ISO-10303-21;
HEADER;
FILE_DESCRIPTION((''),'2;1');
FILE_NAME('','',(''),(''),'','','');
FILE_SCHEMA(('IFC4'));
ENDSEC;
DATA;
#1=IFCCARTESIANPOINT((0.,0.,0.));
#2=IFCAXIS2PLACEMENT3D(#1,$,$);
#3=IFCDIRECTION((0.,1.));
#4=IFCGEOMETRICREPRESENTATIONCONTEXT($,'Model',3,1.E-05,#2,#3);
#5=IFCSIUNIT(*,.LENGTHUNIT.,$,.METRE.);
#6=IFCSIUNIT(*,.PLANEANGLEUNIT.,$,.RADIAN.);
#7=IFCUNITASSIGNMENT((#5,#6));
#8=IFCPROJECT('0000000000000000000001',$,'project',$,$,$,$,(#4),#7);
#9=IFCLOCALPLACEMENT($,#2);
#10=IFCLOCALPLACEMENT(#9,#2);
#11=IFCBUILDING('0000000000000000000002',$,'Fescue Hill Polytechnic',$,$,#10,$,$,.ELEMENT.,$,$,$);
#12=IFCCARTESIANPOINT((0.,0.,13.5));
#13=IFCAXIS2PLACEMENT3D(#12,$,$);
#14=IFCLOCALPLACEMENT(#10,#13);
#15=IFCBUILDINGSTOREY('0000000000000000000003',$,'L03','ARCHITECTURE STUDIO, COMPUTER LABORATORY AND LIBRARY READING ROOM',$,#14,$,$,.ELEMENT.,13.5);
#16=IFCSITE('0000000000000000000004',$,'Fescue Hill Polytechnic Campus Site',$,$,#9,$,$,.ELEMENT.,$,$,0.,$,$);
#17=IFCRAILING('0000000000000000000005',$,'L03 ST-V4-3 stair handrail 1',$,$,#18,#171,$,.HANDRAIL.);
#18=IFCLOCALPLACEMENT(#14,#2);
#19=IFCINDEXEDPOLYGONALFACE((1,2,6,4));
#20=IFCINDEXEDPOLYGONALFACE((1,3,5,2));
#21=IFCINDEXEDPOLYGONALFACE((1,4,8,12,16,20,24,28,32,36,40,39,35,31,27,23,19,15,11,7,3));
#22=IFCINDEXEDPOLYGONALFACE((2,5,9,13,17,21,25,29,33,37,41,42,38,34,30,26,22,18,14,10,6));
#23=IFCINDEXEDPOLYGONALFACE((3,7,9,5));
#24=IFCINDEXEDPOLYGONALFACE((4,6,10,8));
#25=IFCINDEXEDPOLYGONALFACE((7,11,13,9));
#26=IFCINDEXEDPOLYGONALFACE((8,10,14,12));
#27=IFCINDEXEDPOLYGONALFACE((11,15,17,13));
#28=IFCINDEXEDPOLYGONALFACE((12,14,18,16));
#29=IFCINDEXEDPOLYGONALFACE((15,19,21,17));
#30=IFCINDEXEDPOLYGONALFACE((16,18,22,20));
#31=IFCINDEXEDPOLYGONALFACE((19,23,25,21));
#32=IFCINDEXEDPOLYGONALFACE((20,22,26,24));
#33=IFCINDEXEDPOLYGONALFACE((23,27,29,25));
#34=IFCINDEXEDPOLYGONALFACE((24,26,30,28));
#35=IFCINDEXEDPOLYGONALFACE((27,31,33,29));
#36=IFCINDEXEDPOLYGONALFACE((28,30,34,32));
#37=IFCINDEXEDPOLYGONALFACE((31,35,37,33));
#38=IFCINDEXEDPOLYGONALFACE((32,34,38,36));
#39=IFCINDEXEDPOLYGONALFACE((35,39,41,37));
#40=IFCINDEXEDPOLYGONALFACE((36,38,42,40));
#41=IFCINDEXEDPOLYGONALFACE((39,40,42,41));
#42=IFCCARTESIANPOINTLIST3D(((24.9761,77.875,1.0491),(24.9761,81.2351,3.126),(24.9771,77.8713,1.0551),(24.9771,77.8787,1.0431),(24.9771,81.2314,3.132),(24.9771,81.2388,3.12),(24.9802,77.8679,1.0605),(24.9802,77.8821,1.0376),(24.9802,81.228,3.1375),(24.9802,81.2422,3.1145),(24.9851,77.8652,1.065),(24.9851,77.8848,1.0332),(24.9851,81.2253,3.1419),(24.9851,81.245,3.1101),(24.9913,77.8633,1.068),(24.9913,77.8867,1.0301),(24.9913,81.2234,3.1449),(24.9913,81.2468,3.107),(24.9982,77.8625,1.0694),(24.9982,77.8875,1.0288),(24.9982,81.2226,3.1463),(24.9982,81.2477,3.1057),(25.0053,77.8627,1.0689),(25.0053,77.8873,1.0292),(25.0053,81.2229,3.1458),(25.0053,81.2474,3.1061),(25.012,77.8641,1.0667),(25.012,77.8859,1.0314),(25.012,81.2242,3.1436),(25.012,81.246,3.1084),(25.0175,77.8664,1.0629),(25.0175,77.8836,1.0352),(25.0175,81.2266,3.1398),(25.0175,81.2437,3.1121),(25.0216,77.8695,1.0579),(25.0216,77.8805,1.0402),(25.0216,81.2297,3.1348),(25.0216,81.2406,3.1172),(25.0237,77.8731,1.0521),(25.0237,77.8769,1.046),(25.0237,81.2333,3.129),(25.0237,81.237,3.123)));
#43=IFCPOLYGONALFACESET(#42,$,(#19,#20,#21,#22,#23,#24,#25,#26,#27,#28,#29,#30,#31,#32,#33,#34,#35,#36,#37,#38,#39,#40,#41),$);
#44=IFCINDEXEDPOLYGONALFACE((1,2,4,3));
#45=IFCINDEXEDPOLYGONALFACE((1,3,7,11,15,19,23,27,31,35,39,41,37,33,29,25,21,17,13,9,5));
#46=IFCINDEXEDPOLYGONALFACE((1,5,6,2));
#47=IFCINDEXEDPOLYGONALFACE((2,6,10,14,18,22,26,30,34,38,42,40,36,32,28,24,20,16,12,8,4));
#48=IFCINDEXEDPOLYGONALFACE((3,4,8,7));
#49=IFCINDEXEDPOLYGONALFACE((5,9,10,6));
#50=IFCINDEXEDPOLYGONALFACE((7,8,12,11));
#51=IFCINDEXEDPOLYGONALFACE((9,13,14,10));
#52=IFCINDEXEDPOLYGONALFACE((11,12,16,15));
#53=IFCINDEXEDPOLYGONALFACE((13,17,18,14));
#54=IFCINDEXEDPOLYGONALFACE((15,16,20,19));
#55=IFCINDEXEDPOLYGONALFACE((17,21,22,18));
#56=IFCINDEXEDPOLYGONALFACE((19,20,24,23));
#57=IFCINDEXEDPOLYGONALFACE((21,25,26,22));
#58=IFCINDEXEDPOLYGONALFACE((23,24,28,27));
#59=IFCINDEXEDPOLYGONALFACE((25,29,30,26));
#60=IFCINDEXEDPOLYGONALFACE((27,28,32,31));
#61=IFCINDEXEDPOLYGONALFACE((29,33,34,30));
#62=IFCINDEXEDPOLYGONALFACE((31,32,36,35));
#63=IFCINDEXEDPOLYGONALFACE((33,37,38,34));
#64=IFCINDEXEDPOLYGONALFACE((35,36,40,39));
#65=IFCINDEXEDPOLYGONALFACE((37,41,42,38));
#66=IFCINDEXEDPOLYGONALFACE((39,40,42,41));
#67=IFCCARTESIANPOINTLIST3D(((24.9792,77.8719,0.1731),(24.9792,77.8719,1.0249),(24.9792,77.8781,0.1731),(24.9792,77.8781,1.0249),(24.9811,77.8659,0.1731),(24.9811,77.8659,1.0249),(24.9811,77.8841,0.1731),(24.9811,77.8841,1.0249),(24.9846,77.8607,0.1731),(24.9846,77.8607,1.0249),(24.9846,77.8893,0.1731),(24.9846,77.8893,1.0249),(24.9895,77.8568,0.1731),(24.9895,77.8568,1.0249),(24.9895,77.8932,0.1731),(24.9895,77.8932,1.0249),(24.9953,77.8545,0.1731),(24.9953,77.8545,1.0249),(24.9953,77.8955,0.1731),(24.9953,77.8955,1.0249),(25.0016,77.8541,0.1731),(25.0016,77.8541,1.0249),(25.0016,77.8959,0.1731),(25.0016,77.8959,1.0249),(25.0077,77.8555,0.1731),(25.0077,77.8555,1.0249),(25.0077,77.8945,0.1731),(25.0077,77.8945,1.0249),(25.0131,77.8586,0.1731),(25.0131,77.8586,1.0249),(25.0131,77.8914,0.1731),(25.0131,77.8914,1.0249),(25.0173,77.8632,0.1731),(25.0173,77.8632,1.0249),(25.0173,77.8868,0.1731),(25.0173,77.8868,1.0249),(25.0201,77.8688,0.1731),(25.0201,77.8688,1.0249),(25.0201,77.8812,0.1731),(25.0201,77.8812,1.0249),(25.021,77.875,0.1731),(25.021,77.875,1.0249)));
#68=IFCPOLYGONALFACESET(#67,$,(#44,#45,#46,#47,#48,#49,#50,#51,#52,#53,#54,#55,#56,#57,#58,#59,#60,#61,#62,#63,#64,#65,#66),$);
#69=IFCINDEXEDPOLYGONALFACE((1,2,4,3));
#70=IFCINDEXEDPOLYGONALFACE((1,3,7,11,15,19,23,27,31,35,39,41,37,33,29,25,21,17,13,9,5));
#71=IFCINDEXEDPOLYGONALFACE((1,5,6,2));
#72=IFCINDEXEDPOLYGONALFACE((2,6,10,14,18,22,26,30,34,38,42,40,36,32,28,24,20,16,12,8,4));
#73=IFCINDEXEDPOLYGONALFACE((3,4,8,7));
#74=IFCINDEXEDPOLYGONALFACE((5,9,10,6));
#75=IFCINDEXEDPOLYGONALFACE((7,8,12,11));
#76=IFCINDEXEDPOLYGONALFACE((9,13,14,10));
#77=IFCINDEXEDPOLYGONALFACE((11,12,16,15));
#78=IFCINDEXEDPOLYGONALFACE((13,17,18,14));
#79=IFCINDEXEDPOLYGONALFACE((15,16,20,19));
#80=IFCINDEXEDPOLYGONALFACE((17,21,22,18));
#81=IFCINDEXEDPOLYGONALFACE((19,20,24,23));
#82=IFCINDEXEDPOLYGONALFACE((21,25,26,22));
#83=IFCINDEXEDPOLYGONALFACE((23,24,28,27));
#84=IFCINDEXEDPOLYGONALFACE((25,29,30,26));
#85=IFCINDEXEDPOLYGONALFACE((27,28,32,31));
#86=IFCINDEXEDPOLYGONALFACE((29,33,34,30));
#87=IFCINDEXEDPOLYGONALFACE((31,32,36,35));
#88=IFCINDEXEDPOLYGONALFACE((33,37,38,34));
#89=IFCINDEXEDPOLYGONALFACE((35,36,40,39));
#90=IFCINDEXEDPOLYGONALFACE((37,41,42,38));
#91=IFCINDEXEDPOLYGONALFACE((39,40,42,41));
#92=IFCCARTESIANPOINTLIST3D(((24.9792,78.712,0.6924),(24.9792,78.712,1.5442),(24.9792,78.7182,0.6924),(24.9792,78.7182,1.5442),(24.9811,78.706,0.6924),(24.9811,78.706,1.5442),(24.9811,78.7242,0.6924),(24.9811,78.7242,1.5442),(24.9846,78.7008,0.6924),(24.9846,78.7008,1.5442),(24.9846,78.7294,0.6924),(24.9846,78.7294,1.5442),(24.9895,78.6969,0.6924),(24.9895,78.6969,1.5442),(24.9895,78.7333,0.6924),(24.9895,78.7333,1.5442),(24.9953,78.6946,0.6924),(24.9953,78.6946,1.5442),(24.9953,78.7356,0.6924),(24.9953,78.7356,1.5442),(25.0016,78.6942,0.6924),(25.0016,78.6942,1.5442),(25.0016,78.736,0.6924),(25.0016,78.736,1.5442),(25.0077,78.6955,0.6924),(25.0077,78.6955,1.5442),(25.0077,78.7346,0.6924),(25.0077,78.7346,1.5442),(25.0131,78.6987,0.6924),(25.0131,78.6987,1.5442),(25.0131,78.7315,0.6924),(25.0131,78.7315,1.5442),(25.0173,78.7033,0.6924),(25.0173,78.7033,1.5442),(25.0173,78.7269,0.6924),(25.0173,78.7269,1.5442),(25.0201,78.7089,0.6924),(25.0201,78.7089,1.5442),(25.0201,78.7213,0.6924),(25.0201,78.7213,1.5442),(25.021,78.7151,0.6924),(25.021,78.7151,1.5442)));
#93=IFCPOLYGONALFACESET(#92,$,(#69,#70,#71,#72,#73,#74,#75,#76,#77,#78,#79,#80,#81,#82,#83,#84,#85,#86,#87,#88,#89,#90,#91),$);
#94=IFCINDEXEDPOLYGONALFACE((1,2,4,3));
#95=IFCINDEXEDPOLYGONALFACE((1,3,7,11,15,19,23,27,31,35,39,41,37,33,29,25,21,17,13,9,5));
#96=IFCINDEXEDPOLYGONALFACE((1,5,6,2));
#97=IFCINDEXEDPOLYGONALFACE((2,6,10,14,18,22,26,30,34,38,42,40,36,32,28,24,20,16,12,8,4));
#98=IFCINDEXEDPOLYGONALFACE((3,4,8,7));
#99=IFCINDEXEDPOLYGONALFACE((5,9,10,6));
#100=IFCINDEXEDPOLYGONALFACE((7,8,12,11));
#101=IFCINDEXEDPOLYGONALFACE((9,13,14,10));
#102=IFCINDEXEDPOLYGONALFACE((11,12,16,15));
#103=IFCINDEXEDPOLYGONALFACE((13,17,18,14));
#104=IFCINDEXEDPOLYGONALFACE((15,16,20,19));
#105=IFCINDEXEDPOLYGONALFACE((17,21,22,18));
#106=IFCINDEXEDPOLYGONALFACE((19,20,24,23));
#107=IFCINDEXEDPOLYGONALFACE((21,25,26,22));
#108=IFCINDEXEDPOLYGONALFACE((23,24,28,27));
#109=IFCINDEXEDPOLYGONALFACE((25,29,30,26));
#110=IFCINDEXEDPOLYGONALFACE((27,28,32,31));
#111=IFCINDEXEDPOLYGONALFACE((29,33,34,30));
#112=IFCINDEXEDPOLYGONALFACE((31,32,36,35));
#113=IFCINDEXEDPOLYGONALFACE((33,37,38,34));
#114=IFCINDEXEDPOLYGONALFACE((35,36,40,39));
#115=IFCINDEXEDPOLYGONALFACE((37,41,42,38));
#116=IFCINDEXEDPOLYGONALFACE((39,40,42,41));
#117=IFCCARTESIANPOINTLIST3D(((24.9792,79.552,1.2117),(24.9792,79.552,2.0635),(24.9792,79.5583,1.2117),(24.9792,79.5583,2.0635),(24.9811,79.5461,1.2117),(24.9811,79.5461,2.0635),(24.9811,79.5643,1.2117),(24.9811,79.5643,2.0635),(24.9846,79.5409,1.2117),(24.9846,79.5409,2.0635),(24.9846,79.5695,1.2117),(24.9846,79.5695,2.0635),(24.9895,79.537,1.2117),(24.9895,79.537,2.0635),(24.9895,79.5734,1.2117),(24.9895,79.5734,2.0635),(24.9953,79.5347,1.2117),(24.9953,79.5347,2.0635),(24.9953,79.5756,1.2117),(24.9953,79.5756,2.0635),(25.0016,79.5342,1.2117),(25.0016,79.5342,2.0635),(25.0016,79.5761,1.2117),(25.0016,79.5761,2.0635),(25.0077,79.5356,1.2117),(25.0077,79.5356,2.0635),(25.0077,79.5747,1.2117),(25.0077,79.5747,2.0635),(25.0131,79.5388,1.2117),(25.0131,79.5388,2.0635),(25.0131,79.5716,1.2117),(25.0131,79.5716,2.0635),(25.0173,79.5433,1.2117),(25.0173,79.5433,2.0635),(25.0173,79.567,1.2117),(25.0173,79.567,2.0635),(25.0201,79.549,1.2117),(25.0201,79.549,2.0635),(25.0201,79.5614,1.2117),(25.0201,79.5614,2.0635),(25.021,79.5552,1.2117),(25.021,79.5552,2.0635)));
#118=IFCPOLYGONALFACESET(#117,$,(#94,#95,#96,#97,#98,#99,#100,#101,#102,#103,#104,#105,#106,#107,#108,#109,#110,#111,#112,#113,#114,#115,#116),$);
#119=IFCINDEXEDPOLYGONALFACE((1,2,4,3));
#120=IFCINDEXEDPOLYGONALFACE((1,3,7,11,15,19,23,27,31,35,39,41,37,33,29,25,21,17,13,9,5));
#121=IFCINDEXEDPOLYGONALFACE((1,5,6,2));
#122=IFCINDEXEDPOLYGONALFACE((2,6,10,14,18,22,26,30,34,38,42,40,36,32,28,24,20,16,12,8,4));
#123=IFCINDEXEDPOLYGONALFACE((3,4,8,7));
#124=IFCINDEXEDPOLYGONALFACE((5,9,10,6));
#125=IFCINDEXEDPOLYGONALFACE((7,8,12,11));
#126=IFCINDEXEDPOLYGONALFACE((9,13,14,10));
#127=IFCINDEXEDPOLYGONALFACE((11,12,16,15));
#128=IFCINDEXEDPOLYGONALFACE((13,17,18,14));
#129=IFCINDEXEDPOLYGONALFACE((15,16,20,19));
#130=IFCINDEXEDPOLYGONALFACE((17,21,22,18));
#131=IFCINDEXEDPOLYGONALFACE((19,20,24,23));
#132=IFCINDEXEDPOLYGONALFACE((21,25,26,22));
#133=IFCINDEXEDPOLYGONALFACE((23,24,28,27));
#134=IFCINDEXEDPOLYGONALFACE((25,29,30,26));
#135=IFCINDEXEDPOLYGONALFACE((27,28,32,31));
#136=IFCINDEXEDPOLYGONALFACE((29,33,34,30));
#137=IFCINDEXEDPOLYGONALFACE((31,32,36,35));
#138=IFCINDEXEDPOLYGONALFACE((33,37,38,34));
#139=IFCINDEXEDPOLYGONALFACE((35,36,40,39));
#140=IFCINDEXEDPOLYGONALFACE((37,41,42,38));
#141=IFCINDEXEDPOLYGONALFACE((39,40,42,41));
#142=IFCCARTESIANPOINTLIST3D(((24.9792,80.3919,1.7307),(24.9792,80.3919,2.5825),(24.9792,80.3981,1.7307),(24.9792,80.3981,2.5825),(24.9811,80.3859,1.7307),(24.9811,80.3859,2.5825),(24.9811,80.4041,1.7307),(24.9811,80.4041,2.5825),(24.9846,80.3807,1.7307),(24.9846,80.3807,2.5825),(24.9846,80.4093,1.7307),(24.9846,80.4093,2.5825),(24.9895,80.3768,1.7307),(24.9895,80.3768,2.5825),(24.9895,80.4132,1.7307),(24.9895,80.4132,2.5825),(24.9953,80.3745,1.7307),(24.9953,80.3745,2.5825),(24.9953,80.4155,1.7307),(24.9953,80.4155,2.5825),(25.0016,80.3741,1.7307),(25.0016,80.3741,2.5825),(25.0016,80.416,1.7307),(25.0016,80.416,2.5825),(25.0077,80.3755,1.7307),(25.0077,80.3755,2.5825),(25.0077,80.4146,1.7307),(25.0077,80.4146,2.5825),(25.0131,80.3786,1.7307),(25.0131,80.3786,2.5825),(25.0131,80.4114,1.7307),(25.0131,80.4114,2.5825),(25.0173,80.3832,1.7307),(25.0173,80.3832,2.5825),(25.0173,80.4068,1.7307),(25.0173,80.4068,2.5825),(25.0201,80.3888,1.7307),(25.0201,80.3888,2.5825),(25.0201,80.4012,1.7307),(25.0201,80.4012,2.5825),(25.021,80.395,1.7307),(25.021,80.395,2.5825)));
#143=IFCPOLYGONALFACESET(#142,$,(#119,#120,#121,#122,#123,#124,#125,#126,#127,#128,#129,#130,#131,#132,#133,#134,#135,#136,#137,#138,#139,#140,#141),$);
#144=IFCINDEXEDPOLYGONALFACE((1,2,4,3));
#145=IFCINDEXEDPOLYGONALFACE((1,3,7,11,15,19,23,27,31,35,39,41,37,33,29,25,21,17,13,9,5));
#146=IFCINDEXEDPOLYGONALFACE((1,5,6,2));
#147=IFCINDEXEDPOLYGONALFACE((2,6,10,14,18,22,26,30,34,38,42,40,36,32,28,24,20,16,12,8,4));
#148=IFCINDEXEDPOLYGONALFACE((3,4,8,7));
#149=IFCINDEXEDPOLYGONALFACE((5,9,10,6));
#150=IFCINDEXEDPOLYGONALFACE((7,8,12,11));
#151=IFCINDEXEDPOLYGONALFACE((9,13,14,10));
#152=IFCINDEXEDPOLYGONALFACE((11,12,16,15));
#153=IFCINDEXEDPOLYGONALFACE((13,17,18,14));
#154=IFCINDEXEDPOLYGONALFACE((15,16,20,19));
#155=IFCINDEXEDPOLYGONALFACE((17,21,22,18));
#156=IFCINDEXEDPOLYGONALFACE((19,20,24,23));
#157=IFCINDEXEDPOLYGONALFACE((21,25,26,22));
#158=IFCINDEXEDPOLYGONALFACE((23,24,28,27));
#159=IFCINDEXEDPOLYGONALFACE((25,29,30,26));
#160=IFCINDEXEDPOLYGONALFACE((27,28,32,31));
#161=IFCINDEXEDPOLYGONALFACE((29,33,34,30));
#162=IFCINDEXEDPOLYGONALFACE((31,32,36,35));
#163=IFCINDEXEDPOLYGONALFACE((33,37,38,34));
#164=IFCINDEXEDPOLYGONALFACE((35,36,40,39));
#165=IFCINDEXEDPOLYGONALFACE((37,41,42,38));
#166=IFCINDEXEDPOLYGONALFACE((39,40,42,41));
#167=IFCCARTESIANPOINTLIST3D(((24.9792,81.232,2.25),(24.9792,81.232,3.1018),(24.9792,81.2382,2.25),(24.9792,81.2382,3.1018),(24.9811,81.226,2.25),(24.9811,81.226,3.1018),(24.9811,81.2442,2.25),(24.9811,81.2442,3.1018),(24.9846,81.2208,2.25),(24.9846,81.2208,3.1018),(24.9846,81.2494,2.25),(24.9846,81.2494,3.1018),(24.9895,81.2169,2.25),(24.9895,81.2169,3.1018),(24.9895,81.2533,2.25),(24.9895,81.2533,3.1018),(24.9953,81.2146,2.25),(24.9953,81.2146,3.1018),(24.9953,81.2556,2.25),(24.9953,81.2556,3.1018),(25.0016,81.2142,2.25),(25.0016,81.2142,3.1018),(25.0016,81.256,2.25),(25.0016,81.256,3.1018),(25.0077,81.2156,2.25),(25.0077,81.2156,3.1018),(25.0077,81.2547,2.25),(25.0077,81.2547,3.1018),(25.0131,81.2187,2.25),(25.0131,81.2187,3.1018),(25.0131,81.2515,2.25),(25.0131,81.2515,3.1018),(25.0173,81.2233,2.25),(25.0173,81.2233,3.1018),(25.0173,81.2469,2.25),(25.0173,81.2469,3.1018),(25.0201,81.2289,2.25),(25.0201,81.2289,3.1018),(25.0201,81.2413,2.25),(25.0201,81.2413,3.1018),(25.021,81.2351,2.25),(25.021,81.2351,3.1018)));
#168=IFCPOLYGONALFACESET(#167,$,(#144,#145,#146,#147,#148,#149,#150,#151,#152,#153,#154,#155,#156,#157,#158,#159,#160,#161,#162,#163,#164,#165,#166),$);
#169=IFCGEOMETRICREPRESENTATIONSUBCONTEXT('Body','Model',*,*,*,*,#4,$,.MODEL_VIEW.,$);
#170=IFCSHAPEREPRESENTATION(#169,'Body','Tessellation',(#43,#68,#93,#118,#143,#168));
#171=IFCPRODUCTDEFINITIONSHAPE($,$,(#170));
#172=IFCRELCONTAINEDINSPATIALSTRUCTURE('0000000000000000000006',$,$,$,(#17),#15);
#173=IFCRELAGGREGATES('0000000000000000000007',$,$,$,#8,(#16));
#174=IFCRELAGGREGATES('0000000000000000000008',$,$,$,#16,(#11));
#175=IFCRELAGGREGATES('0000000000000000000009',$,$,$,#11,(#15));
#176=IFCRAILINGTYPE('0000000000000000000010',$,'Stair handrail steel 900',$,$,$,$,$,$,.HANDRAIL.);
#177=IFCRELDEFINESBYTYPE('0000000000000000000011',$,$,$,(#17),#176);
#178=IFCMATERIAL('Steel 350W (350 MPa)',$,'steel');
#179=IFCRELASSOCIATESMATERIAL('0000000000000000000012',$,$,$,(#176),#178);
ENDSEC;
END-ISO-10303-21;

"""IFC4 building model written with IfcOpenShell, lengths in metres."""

from ifc_helpers import new_model, si_unit, direction, frame, origin, origin_2d, place, context, subcontext, project, spatial, circle, extrude, material, type_object, element, save


model = new_model("IFC4")

# Units and contexts
model_context = context("Model", 3, precision=1e-05, world=origin(), true_north=direction((0.0, 1.0)))
body_context = subcontext(model_context, "Body", "Model", "MODEL_VIEW")
ifc_project = project(units=[si_unit("LENGTHUNIT", "METRE"), si_unit("PLANEANGLEUNIT", "RADIAN")], contexts=[model_context])

# Site, building, storey
site_placement = place(None, origin())
site = spatial("IfcSite", under=ifc_project, at=site_placement, Name="Fescue Hill Polytechnic Campus Site", CompositionType="ELEMENT", RefElevation=0.0)
building_placement = place(site_placement, origin())
building = spatial("IfcBuilding", under=site, at=building_placement, Name="Fescue Hill Polytechnic", CompositionType="ELEMENT")
storey_placement = place(building_placement, frame((0.0, 0.0, 13.5)))
storey = spatial("IfcBuildingStorey", under=building, at=storey_placement, Name="L03", Description="ARCHITECTURE STUDIO, COMPUTER LABORATORY AND LIBRARY READING ROOM", CompositionType="ELEMENT", Elevation=13.5)

# Railing
ifc_material_1 = material(Name="Steel 350W (350 MPa)", Category="steel")
railing_type_1 = type_object("IfcRailingType", Name="Stair handrail steel 900", PredefinedType="HANDRAIL", material=ifc_material_1)
railing_1_placement = place(storey_placement, frame((25.0, 77.875, 0.1731)))
element("IfcRailing", 1, at=railing_1_placement, inside=storey, type_object=railing_type_1, Name="L03 ST-V4-3 stair handrail 1", PredefinedType="HANDRAIL", context=body_context, shape_type="SweptSolid", body=[
    extrude(circle(Radius=0.0239, at=origin_2d()), frame((0.0, 0.0, 0.876), z_axis=(0.0, 0.850623, 0.525776), x_axis=(-1.0, 0.0, 0.0)), (0.0, 0.0, 1.0), 3.9502),
    extrude(circle(Radius=0.021, at=origin_2d()), origin(), (0.0, 0.0, 1.0), 0.8518),
    extrude(circle(Radius=0.021, at=origin_2d()), frame((0.0, 0.8401, 0.5193)), (0.0, 0.0, 1.0), 0.8518),
    extrude(circle(Radius=0.021, at=origin_2d()), frame((0.0, 1.6802, 1.0386)), (0.0, 0.0, 1.0), 0.8518),
    extrude(circle(Radius=0.021, at=origin_2d()), frame((0.0, 2.52, 1.5576)), (0.0, 0.0, 1.0), 0.8518),
    extrude(circle(Radius=0.021, at=origin_2d()), frame((0.0, 3.3601, 2.0769)), (0.0, 0.0, 1.0), 0.8518),
])

save(model, "model.ifc")
